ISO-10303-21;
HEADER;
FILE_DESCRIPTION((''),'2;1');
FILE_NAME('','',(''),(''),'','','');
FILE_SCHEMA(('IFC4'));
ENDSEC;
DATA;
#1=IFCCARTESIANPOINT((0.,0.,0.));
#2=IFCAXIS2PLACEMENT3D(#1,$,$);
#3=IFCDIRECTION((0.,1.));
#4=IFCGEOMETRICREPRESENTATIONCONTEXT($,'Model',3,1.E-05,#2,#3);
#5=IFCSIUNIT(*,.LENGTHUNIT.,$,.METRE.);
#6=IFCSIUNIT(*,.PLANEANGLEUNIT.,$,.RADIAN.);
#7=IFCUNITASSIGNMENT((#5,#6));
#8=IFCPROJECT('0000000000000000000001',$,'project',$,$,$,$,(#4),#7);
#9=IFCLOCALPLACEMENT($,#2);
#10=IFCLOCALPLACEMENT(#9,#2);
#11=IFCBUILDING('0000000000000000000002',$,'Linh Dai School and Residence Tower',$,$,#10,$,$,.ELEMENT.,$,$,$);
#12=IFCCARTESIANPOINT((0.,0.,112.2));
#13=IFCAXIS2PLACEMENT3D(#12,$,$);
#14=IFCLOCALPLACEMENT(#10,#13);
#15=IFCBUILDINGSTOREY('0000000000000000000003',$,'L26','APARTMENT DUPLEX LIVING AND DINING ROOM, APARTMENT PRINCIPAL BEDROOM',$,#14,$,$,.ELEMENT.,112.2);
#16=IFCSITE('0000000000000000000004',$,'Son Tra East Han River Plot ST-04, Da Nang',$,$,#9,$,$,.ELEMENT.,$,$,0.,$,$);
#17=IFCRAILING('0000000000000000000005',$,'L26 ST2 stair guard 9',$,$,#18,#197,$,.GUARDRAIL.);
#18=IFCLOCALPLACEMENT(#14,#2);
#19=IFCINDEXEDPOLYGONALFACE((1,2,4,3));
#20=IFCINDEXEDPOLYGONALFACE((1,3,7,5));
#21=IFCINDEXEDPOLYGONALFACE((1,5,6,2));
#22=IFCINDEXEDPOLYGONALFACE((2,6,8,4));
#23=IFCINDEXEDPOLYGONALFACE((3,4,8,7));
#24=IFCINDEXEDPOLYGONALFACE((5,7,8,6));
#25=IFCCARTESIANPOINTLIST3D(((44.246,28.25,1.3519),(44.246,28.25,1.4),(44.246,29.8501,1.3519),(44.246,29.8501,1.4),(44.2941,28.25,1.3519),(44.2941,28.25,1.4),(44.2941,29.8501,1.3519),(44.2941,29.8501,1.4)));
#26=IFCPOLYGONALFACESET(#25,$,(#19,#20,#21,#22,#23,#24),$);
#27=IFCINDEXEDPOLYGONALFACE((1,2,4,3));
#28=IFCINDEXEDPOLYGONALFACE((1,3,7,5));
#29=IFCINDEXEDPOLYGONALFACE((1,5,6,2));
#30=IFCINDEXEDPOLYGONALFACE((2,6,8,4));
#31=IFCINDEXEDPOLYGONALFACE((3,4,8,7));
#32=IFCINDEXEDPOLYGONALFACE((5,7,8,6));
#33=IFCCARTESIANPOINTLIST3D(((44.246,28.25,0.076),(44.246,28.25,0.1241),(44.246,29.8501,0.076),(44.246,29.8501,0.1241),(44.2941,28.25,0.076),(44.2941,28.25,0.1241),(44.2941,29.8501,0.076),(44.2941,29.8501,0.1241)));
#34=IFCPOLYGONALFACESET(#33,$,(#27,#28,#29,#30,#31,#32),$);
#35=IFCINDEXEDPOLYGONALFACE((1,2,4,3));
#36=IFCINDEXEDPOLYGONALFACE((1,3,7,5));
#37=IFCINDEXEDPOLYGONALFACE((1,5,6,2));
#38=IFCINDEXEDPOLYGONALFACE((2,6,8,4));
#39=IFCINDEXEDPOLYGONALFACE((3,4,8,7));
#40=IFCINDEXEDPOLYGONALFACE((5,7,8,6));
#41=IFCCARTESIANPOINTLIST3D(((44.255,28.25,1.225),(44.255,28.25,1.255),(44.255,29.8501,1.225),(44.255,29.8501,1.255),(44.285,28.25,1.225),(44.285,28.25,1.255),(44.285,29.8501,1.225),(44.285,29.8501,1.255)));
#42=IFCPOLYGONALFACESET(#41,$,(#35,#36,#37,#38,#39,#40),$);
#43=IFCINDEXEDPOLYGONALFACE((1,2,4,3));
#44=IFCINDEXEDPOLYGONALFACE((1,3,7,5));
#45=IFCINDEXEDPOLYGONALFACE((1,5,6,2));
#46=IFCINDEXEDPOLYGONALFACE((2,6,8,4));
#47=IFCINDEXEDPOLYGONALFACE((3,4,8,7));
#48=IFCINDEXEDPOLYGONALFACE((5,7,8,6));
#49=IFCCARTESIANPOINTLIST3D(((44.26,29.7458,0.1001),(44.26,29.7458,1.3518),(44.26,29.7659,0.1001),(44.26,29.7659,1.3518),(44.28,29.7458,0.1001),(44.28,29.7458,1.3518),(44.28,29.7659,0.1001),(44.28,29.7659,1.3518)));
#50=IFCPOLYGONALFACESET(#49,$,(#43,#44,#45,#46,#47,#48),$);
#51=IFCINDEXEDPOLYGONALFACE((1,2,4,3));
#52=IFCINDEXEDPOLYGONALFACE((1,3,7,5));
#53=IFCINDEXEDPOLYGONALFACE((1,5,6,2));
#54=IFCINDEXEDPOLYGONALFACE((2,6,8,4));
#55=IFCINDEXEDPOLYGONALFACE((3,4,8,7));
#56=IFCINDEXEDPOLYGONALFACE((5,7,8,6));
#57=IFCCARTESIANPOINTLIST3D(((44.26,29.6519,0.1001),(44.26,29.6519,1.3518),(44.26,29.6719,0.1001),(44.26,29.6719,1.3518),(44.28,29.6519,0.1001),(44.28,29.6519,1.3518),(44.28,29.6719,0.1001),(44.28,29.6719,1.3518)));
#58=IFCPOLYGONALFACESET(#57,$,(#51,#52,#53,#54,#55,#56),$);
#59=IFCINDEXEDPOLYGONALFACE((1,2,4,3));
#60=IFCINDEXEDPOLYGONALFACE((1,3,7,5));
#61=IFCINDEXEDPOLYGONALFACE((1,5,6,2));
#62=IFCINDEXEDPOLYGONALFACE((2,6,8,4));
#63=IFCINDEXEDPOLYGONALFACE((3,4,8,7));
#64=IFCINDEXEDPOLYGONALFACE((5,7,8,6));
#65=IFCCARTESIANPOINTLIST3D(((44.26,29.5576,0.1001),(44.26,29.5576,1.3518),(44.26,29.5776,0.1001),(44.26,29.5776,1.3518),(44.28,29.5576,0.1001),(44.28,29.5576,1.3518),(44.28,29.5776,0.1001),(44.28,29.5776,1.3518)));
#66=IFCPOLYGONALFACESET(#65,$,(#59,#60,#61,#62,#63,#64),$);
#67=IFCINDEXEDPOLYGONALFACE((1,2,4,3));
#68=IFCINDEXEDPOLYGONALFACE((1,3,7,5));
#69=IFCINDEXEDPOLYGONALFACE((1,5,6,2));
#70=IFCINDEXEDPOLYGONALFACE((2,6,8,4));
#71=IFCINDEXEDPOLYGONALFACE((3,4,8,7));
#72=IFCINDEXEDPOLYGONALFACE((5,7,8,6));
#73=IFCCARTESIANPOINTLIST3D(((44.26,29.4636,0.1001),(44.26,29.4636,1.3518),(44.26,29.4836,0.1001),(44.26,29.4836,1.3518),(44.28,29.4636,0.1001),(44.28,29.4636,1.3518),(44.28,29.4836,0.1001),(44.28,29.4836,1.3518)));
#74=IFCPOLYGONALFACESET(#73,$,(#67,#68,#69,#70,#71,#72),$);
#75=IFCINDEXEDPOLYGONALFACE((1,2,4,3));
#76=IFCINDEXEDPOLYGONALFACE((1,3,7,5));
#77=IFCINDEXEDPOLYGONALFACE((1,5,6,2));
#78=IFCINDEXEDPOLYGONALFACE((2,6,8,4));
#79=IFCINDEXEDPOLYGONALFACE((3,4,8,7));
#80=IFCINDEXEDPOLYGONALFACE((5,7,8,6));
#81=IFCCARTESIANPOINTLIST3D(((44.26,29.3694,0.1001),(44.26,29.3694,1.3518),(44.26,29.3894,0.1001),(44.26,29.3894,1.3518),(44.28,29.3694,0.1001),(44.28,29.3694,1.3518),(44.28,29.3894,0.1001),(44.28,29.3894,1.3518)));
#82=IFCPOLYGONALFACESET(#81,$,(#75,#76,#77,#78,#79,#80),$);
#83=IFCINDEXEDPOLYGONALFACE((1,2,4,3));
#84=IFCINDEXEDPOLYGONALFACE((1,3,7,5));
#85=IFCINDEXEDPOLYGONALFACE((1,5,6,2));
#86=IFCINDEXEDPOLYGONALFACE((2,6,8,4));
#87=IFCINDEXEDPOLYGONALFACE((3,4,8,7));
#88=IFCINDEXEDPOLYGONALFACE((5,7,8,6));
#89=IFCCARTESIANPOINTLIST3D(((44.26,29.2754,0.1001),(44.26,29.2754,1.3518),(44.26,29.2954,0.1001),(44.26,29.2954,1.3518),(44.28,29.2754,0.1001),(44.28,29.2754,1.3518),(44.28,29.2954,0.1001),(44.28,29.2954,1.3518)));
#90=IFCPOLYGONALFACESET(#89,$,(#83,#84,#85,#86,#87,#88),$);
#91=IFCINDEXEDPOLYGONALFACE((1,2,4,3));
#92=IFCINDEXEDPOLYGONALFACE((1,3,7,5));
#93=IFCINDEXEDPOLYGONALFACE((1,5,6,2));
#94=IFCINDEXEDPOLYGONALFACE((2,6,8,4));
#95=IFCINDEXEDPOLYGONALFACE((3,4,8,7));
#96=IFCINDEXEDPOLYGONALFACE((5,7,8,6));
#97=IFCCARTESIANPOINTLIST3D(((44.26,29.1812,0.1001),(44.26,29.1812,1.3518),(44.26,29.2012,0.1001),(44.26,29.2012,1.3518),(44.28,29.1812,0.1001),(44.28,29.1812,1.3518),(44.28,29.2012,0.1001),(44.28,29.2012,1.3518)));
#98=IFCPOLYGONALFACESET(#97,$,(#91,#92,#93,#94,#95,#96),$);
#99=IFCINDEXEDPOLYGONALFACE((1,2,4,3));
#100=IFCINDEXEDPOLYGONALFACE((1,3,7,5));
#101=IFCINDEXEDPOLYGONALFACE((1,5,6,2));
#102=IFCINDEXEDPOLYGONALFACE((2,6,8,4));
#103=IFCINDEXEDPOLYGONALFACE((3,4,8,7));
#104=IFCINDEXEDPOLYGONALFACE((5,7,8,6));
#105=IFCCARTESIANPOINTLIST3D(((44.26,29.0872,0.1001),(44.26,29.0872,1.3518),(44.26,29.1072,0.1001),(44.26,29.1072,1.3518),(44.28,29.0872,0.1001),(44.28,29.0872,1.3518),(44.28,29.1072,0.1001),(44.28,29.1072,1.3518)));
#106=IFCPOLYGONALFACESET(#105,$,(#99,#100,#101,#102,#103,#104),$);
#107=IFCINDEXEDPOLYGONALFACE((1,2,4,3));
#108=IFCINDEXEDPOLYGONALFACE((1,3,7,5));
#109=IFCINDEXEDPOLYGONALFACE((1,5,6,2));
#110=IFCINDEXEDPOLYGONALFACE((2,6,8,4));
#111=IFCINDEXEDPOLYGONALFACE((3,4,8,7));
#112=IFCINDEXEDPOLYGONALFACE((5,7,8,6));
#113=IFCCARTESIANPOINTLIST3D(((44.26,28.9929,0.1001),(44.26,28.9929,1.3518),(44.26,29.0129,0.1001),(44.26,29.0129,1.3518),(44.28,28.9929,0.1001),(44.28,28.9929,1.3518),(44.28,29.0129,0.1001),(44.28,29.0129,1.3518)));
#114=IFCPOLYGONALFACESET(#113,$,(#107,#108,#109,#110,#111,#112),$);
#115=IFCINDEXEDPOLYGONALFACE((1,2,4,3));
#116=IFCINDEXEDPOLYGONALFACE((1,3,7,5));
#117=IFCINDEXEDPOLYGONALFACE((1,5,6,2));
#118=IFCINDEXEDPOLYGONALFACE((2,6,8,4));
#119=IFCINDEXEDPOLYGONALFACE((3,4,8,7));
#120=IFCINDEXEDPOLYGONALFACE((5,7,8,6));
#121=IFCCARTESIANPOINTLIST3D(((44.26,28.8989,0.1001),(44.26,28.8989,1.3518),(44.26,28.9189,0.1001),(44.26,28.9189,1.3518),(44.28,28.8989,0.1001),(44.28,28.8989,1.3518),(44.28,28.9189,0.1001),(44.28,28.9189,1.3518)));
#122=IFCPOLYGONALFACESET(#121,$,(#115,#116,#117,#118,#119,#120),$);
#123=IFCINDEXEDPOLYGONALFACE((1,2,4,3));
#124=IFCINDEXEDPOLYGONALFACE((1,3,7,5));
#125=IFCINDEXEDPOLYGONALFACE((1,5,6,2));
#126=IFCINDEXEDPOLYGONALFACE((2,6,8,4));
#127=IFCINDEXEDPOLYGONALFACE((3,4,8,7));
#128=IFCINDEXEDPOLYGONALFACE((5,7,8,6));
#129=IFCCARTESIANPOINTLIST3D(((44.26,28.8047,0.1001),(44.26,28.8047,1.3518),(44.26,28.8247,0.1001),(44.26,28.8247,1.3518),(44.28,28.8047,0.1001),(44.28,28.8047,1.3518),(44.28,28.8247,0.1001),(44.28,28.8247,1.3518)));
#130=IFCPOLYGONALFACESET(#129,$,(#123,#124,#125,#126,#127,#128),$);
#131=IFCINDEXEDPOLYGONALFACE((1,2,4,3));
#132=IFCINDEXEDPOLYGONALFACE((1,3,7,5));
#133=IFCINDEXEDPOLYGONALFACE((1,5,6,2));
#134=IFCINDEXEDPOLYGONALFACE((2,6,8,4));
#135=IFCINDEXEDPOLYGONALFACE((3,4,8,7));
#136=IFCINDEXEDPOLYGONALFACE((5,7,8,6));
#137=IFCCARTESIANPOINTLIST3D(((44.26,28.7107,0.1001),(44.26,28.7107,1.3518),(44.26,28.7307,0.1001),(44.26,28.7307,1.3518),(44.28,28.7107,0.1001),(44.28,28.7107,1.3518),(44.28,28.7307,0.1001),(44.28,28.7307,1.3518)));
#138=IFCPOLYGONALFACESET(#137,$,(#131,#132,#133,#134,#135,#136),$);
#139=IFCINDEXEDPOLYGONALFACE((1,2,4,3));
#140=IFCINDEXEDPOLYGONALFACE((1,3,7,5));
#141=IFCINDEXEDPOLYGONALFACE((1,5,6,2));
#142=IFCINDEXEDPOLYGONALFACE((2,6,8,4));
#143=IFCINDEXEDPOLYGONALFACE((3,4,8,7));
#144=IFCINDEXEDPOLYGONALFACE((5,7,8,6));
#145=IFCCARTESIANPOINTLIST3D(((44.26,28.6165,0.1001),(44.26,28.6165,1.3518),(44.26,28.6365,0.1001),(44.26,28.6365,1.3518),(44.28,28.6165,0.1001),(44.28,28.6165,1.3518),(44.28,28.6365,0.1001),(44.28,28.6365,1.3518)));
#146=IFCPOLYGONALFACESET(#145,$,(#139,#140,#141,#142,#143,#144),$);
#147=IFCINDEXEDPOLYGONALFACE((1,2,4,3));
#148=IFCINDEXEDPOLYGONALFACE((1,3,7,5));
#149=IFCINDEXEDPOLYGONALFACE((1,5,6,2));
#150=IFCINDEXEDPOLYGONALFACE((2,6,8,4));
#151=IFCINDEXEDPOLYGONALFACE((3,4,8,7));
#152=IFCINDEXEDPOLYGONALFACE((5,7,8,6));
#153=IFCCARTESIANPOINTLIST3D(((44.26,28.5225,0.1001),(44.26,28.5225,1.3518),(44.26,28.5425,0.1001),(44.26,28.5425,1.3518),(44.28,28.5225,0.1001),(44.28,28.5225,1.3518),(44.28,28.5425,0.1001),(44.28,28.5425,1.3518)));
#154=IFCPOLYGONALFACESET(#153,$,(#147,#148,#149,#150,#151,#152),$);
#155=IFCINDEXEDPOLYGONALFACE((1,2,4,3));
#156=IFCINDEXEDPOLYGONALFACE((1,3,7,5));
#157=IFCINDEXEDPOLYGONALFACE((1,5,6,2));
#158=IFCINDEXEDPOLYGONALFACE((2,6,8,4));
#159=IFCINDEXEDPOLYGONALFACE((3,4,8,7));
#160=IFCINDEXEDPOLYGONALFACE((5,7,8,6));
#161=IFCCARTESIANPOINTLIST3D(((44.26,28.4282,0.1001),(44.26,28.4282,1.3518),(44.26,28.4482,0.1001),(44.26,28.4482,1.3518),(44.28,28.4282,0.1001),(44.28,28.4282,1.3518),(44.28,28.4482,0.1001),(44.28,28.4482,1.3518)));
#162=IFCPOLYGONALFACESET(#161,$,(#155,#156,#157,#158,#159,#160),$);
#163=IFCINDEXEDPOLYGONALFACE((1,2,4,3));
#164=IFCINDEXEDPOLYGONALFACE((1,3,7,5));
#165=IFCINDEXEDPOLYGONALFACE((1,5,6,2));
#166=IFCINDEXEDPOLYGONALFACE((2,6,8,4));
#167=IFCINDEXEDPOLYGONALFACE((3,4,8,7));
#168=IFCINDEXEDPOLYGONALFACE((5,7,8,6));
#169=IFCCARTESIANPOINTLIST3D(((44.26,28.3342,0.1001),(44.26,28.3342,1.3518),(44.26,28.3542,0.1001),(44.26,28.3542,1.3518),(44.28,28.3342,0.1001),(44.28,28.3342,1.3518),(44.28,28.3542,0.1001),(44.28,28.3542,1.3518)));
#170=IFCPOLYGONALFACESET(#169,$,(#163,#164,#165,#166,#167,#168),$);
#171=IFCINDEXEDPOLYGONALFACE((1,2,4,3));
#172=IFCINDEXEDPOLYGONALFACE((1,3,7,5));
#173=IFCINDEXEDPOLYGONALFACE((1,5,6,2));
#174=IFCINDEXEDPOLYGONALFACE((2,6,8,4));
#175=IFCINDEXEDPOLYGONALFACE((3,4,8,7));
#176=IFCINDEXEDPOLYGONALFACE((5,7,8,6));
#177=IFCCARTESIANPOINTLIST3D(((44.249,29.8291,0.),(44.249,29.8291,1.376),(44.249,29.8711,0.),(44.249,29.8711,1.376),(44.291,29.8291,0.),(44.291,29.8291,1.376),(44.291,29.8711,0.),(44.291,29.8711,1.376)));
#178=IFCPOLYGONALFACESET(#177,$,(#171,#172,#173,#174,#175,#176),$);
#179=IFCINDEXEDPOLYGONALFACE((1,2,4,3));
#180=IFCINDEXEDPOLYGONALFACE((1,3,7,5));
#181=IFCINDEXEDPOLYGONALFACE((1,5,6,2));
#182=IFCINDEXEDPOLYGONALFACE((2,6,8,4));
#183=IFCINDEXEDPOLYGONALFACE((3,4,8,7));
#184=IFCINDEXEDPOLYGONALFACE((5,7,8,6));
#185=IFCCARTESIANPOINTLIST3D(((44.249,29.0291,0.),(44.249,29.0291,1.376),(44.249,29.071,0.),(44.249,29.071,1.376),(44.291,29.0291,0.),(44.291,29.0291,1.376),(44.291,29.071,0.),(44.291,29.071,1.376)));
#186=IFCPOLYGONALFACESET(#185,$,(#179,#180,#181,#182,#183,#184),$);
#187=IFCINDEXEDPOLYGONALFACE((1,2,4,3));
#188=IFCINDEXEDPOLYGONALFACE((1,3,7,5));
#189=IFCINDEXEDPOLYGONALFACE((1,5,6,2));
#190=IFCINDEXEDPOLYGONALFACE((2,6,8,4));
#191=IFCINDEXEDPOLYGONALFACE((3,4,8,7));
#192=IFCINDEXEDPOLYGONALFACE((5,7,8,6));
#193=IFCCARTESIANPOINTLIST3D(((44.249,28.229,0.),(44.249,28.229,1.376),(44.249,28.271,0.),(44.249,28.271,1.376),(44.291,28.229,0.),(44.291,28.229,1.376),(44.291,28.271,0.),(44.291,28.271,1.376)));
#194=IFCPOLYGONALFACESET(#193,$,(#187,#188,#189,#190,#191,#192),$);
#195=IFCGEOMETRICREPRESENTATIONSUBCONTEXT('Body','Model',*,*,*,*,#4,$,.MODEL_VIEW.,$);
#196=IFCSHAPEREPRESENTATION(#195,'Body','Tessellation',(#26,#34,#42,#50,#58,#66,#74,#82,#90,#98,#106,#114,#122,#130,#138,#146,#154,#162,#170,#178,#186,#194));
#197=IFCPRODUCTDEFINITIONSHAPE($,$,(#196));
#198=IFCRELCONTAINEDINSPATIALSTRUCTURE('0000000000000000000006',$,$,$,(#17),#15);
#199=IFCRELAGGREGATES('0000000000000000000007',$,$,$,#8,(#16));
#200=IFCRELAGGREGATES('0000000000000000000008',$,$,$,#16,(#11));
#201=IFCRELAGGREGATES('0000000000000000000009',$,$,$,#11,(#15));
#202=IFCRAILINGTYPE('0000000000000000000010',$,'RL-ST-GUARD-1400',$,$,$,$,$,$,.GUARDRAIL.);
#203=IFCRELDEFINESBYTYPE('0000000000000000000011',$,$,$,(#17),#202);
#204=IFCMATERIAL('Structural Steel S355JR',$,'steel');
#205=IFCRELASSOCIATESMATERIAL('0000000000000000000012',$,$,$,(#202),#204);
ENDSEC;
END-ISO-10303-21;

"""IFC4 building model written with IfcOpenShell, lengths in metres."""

from ifc_helpers import new_model, si_unit, direction, frame, origin, origin_2d, place, context, subcontext, project, spatial, rectangle, extrude, source, transform, mapped, material, type_object, element, save


model = new_model("IFC4")

# Units and contexts
model_context = context("Model", 3, precision=1e-05, world=origin(), true_north=direction((0.0, 1.0)))
body_context = subcontext(model_context, "Body", "Model", "MODEL_VIEW")
ifc_project = project(units=[si_unit("LENGTHUNIT", "METRE"), si_unit("PLANEANGLEUNIT", "RADIAN")], contexts=[model_context])

# Site, building, storey
site_placement = place(None, origin())
site = spatial("IfcSite", under=ifc_project, at=site_placement, Name="Son Tra East Han River Plot ST-04, Da Nang", CompositionType="ELEMENT", RefElevation=0.0)
building_placement = place(site_placement, origin())
building = spatial("IfcBuilding", under=site, at=building_placement, Name="Linh Dai School and Residence Tower", CompositionType="ELEMENT")
storey_placement = place(building_placement, frame((0.0, 0.0, 112.2)))
storey = spatial("IfcBuildingStorey", under=building, at=storey_placement, Name="L26", Description="APARTMENT DUPLEX LIVING AND DINING ROOM, APARTMENT PRINCIPAL BEDROOM", CompositionType="ELEMENT", Elevation=112.2)

# Shared definitions
ifc_material_1 = material(Name="Structural Steel S355JR", Category="steel")

# Railing
railing_type_1 = type_object("IfcRailingType", Name="RL-ST-GUARD-1400", PredefinedType="GUARDRAIL", material=ifc_material_1)
shared_shape_1 = source(origin(), body_context, "Body", "SweptSolid", [
    extrude(rectangle(XDim=0.0481, YDim=0.0481, at=origin_2d()), frame((0.0, 0.0, 1.376), z_axis=(0.0, -1.0, 0.0), x_axis=(1.0, 0.0, 0.0)), (0.0, 0.0, 1.0), 1.6001),
    extrude(rectangle(XDim=0.0481, YDim=0.0481, at=origin_2d()), frame((0.0, 0.0, 0.1001), z_axis=(0.0, -1.0, 0.0), x_axis=(1.0, 0.0, 0.0)), (0.0, 0.0, 1.0), 1.6001),
    extrude(rectangle(XDim=0.03, YDim=0.03, at=origin_2d()), frame((0.0, 0.0, 1.24), z_axis=(0.0, -1.0, 0.0), x_axis=(1.0, 0.0, 0.0)), (0.0, 0.0, 1.0), 1.6001),
    extrude(rectangle(XDim=0.02, YDim=0.02, at=origin_2d()), frame((0.0, -0.0942, 0.1001)), (0.0, 0.0, 1.0), 1.2517),
    extrude(rectangle(XDim=0.02, YDim=0.02, at=origin_2d()), frame((0.0, -0.1882, 0.1001)), (0.0, 0.0, 1.0), 1.2517),
    extrude(rectangle(XDim=0.02, YDim=0.02, at=origin_2d()), frame((0.0, -0.2825, 0.1001)), (0.0, 0.0, 1.0), 1.2517),
    extrude(rectangle(XDim=0.02, YDim=0.02, at=origin_2d()), frame((0.0, -0.3765, 0.1001)), (0.0, 0.0, 1.0), 1.2517),
    extrude(rectangle(XDim=0.02, YDim=0.02, at=origin_2d()), frame((0.0, -0.4707, 0.1001)), (0.0, 0.0, 1.0), 1.2517),
    extrude(rectangle(XDim=0.02, YDim=0.02, at=origin_2d()), frame((0.0, -0.5647, 0.1001)), (0.0, 0.0, 1.0), 1.2517),
    extrude(rectangle(XDim=0.02, YDim=0.02, at=origin_2d()), frame((0.0, -0.6589, 0.1001)), (0.0, 0.0, 1.0), 1.2517),
    extrude(rectangle(XDim=0.02, YDim=0.02, at=origin_2d()), frame((0.0, -0.7529, 0.1001)), (0.0, 0.0, 1.0), 1.2517),
    extrude(rectangle(XDim=0.02, YDim=0.02, at=origin_2d()), frame((0.0, -0.8472, 0.1001)), (0.0, 0.0, 1.0), 1.2517),
    extrude(rectangle(XDim=0.02, YDim=0.02, at=origin_2d()), frame((0.0, -0.9412, 0.1001)), (0.0, 0.0, 1.0), 1.2517),
    extrude(rectangle(XDim=0.02, YDim=0.02, at=origin_2d()), frame((0.0, -1.0354, 0.1001)), (0.0, 0.0, 1.0), 1.2517),
    extrude(rectangle(XDim=0.02, YDim=0.02, at=origin_2d()), frame((0.0, -1.1294, 0.1001)), (0.0, 0.0, 1.0), 1.2517),
    extrude(rectangle(XDim=0.02, YDim=0.02, at=origin_2d()), frame((0.0, -1.2236, 0.1001)), (0.0, 0.0, 1.0), 1.2517),
    extrude(rectangle(XDim=0.02, YDim=0.02, at=origin_2d()), frame((0.0, -1.3176, 0.1001)), (0.0, 0.0, 1.0), 1.2517),
    extrude(rectangle(XDim=0.02, YDim=0.02, at=origin_2d()), frame((0.0, -1.4119, 0.1001)), (0.0, 0.0, 1.0), 1.2517),
    extrude(rectangle(XDim=0.02, YDim=0.02, at=origin_2d()), frame((0.0, -1.5059, 0.1001)), (0.0, 0.0, 1.0), 1.2517),
    extrude(rectangle(XDim=0.042, YDim=0.042, at=origin_2d()), origin(), (0.0, 0.0, 1.0), 1.376),
    extrude(rectangle(XDim=0.042, YDim=0.042, at=origin_2d()), frame((0.0, -0.8, 0.0)), (0.0, 0.0, 1.0), 1.376),
    extrude(rectangle(XDim=0.042, YDim=0.042, at=origin_2d()), frame((0.0, -1.6001, 0.0)), (0.0, 0.0, 1.0), 1.376),
])
for number, where, name in (
    (1, (44.27, 29.8501, 0.0), "L26 ST2 stair guard 9"),
):
    element("IfcRailing", number, at=place(storey_placement, frame(where)), inside=storey, type_object=railing_type_1, Name=name, PredefinedType="GUARDRAIL", context=body_context, shape_type="MappedRepresentation", body=[
        mapped(shared_shape_1, transform((0.0, 0.0, 0.0), x_axis=(1.0, 0.0, 0.0), y_axis=(0.0, 1.0, 0.0), z_axis=(0.0, 0.0, 1.0), scale=1.0)),
    ])

save(model, "model.ifc")
